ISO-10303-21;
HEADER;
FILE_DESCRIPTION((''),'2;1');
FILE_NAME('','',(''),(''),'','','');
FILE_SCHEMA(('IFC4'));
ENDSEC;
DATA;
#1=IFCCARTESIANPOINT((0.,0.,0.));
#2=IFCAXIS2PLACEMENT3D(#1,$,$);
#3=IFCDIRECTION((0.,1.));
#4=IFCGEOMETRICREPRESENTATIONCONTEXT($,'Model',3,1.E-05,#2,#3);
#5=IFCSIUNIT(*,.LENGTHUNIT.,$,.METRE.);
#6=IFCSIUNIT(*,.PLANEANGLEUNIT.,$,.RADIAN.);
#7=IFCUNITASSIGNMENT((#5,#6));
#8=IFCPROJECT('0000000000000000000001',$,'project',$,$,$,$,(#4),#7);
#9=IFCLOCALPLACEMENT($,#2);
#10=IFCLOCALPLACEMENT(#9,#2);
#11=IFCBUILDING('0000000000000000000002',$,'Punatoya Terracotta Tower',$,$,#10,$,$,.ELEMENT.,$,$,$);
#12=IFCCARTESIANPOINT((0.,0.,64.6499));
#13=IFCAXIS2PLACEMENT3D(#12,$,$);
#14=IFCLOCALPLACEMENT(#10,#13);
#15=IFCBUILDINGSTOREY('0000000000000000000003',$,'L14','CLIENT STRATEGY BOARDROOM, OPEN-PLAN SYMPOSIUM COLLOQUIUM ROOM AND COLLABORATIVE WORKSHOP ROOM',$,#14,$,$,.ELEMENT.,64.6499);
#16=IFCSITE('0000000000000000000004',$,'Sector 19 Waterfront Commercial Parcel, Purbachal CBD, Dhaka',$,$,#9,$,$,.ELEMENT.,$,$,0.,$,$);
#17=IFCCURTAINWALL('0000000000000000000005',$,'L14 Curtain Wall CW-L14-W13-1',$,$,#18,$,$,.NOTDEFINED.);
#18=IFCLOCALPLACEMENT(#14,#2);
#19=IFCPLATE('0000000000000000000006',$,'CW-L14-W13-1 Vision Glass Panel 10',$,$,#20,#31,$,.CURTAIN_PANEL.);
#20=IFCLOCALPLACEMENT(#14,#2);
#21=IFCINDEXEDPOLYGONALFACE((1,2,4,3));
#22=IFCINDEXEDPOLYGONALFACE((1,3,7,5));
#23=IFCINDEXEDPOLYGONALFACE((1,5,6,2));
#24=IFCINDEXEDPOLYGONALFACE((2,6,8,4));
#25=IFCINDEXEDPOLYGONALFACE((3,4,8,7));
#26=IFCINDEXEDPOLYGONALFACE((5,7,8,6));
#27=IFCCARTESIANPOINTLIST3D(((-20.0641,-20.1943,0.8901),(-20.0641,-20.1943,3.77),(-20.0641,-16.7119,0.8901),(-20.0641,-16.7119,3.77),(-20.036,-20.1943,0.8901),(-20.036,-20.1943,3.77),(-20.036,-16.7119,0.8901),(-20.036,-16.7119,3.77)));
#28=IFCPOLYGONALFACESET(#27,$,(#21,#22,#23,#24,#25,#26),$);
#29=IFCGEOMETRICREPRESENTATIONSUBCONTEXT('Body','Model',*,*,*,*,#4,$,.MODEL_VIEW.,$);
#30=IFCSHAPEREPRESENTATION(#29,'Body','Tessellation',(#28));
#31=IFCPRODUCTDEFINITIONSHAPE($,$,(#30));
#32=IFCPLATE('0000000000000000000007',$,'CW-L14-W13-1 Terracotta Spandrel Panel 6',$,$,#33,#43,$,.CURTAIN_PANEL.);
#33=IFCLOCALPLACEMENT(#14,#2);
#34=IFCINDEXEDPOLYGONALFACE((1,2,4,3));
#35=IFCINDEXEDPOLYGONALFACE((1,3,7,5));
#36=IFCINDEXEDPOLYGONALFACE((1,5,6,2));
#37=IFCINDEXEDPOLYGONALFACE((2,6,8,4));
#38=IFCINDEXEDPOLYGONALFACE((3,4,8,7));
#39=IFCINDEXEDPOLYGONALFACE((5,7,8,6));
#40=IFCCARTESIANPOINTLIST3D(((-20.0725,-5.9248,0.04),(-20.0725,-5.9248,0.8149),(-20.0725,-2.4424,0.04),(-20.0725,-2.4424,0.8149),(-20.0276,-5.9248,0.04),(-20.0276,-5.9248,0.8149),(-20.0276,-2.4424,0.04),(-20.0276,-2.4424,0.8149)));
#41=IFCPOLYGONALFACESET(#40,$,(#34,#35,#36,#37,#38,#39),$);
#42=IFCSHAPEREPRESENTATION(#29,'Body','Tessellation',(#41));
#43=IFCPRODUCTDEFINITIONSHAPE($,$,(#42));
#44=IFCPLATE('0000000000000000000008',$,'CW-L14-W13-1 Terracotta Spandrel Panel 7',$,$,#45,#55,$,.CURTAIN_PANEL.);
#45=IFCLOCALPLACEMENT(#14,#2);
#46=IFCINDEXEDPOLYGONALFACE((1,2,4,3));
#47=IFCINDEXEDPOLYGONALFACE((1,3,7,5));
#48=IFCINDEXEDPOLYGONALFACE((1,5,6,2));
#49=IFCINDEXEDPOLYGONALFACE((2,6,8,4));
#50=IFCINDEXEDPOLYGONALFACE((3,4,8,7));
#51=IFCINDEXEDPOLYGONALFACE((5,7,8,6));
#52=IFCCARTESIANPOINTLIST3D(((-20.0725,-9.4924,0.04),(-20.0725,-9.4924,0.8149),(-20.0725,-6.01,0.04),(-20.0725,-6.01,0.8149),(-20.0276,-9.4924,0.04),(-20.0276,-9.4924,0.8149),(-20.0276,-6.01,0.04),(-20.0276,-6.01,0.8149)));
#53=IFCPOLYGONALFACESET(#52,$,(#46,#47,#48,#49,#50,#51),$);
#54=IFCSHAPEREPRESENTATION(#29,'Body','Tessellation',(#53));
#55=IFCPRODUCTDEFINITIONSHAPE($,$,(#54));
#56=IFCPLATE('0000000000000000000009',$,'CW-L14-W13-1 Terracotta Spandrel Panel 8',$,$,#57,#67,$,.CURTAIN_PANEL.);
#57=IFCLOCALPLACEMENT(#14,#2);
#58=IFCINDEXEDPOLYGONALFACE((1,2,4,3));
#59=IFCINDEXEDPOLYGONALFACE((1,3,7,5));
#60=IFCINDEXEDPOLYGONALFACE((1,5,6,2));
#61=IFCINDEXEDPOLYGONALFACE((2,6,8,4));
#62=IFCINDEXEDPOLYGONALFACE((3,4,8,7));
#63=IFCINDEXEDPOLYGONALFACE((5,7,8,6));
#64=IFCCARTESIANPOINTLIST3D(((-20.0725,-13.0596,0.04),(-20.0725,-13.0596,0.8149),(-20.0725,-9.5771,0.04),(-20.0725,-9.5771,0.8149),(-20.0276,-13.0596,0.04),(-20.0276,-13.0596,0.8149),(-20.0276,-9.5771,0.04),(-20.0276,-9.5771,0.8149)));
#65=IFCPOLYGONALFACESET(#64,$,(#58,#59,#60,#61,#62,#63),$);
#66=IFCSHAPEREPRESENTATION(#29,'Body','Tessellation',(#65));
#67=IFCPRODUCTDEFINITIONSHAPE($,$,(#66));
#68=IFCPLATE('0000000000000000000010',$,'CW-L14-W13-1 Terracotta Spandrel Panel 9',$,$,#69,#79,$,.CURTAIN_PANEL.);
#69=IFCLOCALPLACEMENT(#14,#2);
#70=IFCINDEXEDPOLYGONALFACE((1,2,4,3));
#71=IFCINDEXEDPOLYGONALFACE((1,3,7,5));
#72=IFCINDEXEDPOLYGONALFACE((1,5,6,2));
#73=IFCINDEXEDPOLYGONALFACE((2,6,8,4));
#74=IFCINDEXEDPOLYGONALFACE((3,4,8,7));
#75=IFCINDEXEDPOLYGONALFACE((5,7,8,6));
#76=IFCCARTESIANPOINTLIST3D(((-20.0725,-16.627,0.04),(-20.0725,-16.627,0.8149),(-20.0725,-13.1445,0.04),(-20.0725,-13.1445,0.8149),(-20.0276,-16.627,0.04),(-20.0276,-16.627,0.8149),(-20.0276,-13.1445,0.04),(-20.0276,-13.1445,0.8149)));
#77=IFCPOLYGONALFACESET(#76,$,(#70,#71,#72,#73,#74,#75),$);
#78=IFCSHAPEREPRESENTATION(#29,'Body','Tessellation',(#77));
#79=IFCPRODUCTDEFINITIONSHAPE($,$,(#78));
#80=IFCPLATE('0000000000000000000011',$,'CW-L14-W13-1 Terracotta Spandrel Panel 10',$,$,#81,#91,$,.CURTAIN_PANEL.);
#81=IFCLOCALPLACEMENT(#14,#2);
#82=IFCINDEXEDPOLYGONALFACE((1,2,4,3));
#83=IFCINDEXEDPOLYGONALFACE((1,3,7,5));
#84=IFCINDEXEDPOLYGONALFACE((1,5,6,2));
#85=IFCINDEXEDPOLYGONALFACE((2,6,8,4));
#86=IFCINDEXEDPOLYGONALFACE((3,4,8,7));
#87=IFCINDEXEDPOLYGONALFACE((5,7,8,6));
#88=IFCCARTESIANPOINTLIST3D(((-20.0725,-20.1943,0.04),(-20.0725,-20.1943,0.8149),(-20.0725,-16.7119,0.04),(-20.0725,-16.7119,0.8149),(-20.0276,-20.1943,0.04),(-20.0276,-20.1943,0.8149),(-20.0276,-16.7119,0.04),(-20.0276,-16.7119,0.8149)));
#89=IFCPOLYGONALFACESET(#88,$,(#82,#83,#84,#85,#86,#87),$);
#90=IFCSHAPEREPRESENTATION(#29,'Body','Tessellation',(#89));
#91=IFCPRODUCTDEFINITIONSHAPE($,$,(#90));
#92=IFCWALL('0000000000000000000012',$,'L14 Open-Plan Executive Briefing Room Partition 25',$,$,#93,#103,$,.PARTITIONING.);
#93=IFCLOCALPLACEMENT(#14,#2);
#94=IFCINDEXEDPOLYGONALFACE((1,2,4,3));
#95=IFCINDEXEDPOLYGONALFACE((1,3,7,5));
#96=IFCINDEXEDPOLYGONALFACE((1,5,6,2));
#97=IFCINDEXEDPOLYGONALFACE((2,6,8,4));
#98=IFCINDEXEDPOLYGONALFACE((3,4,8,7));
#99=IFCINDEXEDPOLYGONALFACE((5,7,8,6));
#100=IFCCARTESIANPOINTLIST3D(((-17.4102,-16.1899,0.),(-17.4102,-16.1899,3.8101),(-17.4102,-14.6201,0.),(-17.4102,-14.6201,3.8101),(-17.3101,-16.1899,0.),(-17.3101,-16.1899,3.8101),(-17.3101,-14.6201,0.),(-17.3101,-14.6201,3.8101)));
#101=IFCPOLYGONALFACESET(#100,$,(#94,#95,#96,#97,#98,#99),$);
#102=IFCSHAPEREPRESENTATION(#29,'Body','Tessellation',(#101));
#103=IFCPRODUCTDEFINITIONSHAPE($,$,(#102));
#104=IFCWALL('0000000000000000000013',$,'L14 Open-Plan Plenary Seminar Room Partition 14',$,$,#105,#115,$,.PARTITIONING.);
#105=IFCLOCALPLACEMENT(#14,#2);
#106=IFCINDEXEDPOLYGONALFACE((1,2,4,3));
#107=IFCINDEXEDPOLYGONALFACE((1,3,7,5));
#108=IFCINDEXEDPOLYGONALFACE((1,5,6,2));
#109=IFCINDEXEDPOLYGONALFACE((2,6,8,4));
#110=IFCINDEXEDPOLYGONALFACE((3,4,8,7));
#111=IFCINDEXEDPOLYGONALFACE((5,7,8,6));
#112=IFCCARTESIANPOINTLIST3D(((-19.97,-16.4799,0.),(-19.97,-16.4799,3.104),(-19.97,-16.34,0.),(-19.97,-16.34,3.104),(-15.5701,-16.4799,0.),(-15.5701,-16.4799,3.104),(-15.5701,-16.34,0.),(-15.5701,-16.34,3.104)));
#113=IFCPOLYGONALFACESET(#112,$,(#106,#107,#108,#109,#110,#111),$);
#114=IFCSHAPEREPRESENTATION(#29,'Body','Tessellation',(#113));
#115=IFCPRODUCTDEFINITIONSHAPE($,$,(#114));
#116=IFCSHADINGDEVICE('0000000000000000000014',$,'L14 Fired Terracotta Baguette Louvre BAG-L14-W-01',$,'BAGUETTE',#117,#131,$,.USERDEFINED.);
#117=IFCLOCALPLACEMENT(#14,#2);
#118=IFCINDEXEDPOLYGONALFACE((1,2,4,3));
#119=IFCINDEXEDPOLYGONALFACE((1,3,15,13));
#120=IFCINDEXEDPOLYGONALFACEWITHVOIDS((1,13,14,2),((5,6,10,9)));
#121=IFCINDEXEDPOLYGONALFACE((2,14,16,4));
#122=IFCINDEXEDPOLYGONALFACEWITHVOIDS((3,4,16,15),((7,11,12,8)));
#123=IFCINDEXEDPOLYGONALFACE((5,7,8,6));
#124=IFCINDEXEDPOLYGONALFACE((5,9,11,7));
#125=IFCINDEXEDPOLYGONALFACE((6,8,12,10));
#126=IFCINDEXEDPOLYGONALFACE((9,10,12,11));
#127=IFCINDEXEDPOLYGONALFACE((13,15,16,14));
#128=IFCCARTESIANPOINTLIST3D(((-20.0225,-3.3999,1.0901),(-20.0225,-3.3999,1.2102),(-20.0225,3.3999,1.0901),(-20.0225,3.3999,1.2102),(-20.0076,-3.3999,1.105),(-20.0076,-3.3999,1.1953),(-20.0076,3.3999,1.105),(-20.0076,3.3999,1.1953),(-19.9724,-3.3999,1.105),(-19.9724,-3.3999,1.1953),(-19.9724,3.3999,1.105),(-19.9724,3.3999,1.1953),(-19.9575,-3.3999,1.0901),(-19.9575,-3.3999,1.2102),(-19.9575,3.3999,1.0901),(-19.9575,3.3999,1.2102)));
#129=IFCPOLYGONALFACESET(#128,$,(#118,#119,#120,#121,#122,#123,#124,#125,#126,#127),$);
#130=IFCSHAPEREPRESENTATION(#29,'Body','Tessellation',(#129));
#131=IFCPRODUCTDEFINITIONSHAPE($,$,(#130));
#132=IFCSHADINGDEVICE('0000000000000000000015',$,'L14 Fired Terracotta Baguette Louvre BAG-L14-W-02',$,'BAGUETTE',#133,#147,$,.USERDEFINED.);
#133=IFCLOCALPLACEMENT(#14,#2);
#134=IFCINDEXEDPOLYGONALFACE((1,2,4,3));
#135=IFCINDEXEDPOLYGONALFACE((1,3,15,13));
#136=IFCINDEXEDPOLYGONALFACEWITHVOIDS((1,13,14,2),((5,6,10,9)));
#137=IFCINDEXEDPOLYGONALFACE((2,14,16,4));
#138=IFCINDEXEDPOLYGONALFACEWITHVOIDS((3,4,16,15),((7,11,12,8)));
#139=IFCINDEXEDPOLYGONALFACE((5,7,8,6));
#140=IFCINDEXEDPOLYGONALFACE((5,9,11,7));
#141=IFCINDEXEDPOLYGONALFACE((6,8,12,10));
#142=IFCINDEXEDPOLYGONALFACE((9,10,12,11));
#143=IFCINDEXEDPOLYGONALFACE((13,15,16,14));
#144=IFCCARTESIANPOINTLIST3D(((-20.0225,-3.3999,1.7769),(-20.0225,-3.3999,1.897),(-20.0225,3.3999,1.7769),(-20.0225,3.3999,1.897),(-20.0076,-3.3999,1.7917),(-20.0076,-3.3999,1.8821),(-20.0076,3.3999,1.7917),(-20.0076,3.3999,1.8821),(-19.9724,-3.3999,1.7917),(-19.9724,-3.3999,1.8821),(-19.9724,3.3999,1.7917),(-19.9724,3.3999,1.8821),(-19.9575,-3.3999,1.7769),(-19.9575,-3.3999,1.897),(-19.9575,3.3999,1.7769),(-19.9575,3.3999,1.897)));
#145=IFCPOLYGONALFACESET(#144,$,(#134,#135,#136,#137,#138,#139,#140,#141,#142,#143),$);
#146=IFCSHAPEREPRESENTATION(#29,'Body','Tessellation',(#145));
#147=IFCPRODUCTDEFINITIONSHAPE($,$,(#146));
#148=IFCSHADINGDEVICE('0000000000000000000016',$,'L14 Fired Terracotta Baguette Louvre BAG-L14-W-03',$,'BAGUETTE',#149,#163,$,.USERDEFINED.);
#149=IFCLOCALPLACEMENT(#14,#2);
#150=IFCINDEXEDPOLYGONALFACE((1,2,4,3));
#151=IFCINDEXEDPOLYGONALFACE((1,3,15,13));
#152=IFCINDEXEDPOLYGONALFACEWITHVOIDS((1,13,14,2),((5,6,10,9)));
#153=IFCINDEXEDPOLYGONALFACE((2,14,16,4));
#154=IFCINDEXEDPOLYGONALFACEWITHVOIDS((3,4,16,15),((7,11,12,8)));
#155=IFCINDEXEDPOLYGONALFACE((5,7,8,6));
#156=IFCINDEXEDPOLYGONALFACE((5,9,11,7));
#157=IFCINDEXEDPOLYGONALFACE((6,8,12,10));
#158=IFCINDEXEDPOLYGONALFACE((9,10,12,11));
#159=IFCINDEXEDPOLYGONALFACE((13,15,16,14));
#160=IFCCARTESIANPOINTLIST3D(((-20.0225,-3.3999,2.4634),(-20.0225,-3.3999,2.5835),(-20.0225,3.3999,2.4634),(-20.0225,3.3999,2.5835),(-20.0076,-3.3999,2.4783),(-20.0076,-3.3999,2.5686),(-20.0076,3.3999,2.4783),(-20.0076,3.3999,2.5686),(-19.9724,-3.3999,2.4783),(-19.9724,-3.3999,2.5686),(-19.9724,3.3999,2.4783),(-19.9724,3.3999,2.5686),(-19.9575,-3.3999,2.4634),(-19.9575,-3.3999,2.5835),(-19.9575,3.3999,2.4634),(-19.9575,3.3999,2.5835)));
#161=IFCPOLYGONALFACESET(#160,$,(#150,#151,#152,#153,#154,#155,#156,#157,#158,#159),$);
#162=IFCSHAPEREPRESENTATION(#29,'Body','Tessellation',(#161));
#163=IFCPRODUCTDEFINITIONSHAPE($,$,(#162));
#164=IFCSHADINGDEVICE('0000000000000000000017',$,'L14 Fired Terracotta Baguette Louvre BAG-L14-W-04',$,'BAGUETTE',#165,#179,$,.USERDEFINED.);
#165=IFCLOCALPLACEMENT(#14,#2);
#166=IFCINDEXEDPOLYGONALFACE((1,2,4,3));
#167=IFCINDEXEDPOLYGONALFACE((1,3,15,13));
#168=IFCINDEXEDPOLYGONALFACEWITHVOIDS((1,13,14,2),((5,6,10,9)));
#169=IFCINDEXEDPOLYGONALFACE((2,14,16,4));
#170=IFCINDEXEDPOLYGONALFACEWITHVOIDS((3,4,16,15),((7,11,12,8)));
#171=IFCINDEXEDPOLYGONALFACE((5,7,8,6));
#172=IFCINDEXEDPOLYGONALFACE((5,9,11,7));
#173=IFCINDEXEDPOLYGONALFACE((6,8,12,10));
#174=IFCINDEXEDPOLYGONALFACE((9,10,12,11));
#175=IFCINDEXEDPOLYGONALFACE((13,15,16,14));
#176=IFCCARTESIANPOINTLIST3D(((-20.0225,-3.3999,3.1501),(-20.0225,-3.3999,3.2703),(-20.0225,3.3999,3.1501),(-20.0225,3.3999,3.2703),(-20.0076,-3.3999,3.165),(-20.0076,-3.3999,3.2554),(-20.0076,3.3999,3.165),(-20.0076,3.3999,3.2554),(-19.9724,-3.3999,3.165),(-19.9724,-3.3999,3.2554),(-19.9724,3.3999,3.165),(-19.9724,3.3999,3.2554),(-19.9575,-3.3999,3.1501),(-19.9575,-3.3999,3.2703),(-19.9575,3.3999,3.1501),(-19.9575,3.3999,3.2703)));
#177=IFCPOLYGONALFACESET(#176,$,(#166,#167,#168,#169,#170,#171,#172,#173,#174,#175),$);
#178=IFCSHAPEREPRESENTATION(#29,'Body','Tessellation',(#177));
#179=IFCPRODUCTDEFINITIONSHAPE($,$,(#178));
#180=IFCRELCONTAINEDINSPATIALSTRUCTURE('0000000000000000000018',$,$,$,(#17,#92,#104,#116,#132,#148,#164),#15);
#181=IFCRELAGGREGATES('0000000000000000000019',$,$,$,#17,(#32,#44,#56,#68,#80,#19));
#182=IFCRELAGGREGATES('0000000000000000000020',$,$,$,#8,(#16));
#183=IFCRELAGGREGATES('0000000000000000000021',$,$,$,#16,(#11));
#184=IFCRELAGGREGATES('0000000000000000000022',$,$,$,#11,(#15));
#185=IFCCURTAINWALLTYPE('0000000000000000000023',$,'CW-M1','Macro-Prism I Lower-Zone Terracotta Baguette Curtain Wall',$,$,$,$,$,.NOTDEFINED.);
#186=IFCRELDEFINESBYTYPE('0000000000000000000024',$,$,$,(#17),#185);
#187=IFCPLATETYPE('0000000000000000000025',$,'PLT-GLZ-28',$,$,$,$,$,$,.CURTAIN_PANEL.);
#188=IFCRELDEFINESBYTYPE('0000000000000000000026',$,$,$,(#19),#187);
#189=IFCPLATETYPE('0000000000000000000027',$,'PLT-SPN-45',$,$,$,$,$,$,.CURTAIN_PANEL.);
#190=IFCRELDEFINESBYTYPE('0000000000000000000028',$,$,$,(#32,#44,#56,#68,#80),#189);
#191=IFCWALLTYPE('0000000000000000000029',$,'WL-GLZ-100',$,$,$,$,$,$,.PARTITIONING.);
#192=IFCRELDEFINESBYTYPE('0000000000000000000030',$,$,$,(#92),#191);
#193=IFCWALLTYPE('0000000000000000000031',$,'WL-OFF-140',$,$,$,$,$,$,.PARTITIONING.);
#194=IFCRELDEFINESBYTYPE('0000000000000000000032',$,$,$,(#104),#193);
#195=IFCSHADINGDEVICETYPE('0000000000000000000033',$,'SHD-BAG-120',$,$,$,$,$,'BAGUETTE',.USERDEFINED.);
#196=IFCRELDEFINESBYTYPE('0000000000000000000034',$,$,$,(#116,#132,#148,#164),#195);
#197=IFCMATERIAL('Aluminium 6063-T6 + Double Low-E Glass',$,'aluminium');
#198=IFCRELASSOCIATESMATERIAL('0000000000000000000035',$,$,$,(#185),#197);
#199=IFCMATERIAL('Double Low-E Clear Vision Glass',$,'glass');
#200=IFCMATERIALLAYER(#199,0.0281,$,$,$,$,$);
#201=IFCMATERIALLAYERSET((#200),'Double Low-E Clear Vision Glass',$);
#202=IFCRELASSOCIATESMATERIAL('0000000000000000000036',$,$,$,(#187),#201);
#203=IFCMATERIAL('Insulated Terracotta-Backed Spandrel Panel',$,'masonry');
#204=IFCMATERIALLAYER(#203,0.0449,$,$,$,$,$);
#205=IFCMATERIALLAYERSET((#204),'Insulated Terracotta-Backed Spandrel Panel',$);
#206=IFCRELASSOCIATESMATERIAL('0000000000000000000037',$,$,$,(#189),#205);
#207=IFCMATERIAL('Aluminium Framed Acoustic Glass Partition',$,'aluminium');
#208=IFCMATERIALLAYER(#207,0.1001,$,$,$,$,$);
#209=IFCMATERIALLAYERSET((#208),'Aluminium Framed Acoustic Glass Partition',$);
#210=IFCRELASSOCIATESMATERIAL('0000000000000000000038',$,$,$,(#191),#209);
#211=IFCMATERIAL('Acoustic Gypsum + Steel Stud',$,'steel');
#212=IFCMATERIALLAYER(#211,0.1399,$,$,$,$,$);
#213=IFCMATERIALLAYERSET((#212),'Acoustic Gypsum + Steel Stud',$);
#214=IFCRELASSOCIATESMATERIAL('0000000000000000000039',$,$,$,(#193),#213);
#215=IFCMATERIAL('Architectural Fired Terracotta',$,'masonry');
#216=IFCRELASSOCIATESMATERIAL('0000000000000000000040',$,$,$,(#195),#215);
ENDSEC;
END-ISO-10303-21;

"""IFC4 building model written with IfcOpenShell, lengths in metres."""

from ifc_helpers import new_model, si_unit, direction, frame, frame_2d, origin, origin_2d, place, context, subcontext, project, spatial, rectangle, hollow_rectangle, extrude, material, layer, layer_set, material_profile, profile_set, type_object, element, aggregate, save


model = new_model("IFC4")

# Units and contexts
model_context = context("Model", 3, precision=1e-05, world=origin(), true_north=direction((0.0, 1.0)))
body_context = subcontext(model_context, "Body", "Model", "MODEL_VIEW")
ifc_project = project(units=[si_unit("LENGTHUNIT", "METRE"), si_unit("PLANEANGLEUNIT", "RADIAN")], contexts=[model_context])

# Site, building, storey
site_placement = place(None, origin())
site = spatial("IfcSite", under=ifc_project, at=site_placement, Name="Sector 19 Waterfront Commercial Parcel, Purbachal CBD, Dhaka", CompositionType="ELEMENT", RefElevation=0.0)
building_placement = place(site_placement, origin())
building = spatial("IfcBuilding", under=site, at=building_placement, Name="Punatoya Terracotta Tower", CompositionType="ELEMENT")
storey_placement = place(building_placement, frame((0.0, 0.0, 64.6499)))
storey = spatial("IfcBuildingStorey", under=building, at=storey_placement, Name="L14", Description="CLIENT STRATEGY BOARDROOM, OPEN-PLAN SYMPOSIUM COLLOQUIUM ROOM AND COLLABORATIVE WORKSHOP ROOM", CompositionType="ELEMENT", Elevation=64.6499)

# Curtain wall, plates
ifc_material_1 = material(Name="Aluminium 6063-T6 + Double Low-E Glass", Category="aluminium")
curtain_wall_type = type_object("IfcCurtainWallType", Name="CW-M1", Description="Macro-Prism I Lower-Zone Terracotta Baguette Curtain Wall", PredefinedType="NOTDEFINED", material=ifc_material_1)
curtain_wall_placement = place(storey_placement, origin())
curtain_wall = element("IfcCurtainWall", 1, at=curtain_wall_placement, inside=storey, type_object=curtain_wall_type, Name="L14 Curtain Wall CW-L14-W13-1", PredefinedType="NOTDEFINED")
ifc_material_2 = material(Name="Double Low-E Clear Vision Glass", Category="glass")
ifc_layer_1 = layer(ifc_material_2, 0.0281)
ifc_layer_set_1 = layer_set([ifc_layer_1], Name="Double Low-E Clear Vision Glass")
plate_type_1 = type_object("IfcPlateType", Name="PLT-GLZ-28", PredefinedType="CURTAIN_PANEL", material=ifc_layer_set_1)
plate_1_placement = place(storey_placement, frame((-20.05, -18.4531, 0.8901), z_axis=(0.0, 0.0, 1.0), x_axis=(0.0, -1.0, 0.0)))
plate_1 = element("IfcPlate", 2, at=plate_1_placement, type_object=plate_type_1, Name="CW-L14-W13-1 Vision Glass Panel 10", PredefinedType="CURTAIN_PANEL", context=body_context, shape_type="SweptSolid", body=[
    extrude(rectangle(XDim=3.4824, YDim=0.0281, at=origin_2d()), origin(), (0.0, 0.0, 1.0), 2.8799),
])
ifc_material_3 = material(Name="Insulated Terracotta-Backed Spandrel Panel", Category="masonry")
ifc_layer_2 = layer(ifc_material_3, 0.0449)
ifc_layer_set_2 = layer_set([ifc_layer_2], Name="Insulated Terracotta-Backed Spandrel Panel")
plate_type_2 = type_object("IfcPlateType", Name="PLT-SPN-45", PredefinedType="CURTAIN_PANEL", material=ifc_layer_set_2)
plate_2_placement = place(storey_placement, frame((-20.05, -4.1836, 0.04), z_axis=(0.0, 0.0, 1.0), x_axis=(0.0, -1.0, 0.0)))
plate_2 = element("IfcPlate", 3, at=plate_2_placement, type_object=plate_type_2, Name="CW-L14-W13-1 Terracotta Spandrel Panel 6", PredefinedType="CURTAIN_PANEL", context=body_context, shape_type="SweptSolid", body=[
    extrude(rectangle(XDim=3.4824, YDim=0.0449, at=origin_2d()), origin(), (0.0, 0.0, 1.0), 0.7749),
])
plate_3_placement = place(storey_placement, frame((-20.05, -7.7512, 0.04), z_axis=(0.0, 0.0, 1.0), x_axis=(0.0, -1.0, 0.0)))
plate_3 = element("IfcPlate", 4, at=plate_3_placement, type_object=plate_type_2, Name="CW-L14-W13-1 Terracotta Spandrel Panel 7", PredefinedType="CURTAIN_PANEL", context=body_context, shape_type="SweptSolid", body=[
    extrude(rectangle(XDim=3.4824, YDim=0.0449, at=origin_2d()), origin(), (0.0, 0.0, 1.0), 0.7749),
])
plate_4_placement = place(storey_placement, frame((-20.05, -11.3184, 0.04), z_axis=(0.0, 0.0, 1.0), x_axis=(0.0, -1.0, 0.0)))
plate_4 = element("IfcPlate", 5, at=plate_4_placement, type_object=plate_type_2, Name="CW-L14-W13-1 Terracotta Spandrel Panel 8", PredefinedType="CURTAIN_PANEL", context=body_context, shape_type="SweptSolid", body=[
    extrude(rectangle(XDim=3.4824, YDim=0.0449, at=origin_2d()), origin(), (0.0, 0.0, 1.0), 0.7749),
])
plate_5_placement = place(storey_placement, frame((-20.05, -14.8857, 0.04), z_axis=(0.0, 0.0, 1.0), x_axis=(0.0, -1.0, 0.0)))
plate_5 = element("IfcPlate", 6, at=plate_5_placement, type_object=plate_type_2, Name="CW-L14-W13-1 Terracotta Spandrel Panel 9", PredefinedType="CURTAIN_PANEL", context=body_context, shape_type="SweptSolid", body=[
    extrude(rectangle(XDim=3.4824, YDim=0.0449, at=origin_2d()), origin(), (0.0, 0.0, 1.0), 0.7749),
])
plate_6_placement = place(storey_placement, frame((-20.05, -18.4531, 0.04), z_axis=(0.0, 0.0, 1.0), x_axis=(0.0, -1.0, 0.0)))
plate_6 = element("IfcPlate", 7, at=plate_6_placement, type_object=plate_type_2, Name="CW-L14-W13-1 Terracotta Spandrel Panel 10", PredefinedType="CURTAIN_PANEL", context=body_context, shape_type="SweptSolid", body=[
    extrude(rectangle(XDim=3.4824, YDim=0.0449, at=origin_2d()), origin(), (0.0, 0.0, 1.0), 0.7749),
])
aggregate(curtain_wall, [plate_2, plate_3, plate_4, plate_5, plate_6, plate_1])

# Walls
ifc_material_4 = material(Name="Aluminium Framed Acoustic Glass Partition", Category="aluminium")
ifc_layer_3 = layer(ifc_material_4, 0.1001)
ifc_layer_set_3 = layer_set([ifc_layer_3], Name="Aluminium Framed Acoustic Glass Partition")
wall_type_1 = type_object("IfcWallType", Name="WL-GLZ-100", PredefinedType="PARTITIONING", material=ifc_layer_set_3)
wall_1_placement = place(storey_placement, frame((-17.3601, -14.6201, 0.0), z_axis=(0.0, 0.0, 1.0), x_axis=(0.0, -1.0, 0.0)))
element("IfcWall", 8, at=wall_1_placement, inside=storey, type_object=wall_type_1, Name="L14 Open-Plan Executive Briefing Room Partition 25", PredefinedType="PARTITIONING", context=body_context, shape_type="SweptSolid", body=[
    extrude(rectangle(XDim=1.5698, YDim=0.1001, at=frame_2d((0.7849, 0.0))), origin(), (0.0, 0.0, 1.0), 3.8101),
])
ifc_material_5 = material(Name="Acoustic Gypsum + Steel Stud", Category="steel")
ifc_layer_4 = layer(ifc_material_5, 0.1399)
ifc_layer_set_4 = layer_set([ifc_layer_4], Name="Acoustic Gypsum + Steel Stud")
wall_type_2 = type_object("IfcWallType", Name="WL-OFF-140", PredefinedType="PARTITIONING", material=ifc_layer_set_4)
wall_2_placement = place(storey_placement, frame((-19.97, -16.4099, 0.0), z_axis=(0.0, 0.0, 1.0), x_axis=(1.0, 0.0, 0.0)))
element("IfcWall", 9, at=wall_2_placement, inside=storey, type_object=wall_type_2, Name="L14 Open-Plan Plenary Seminar Room Partition 14", PredefinedType="PARTITIONING", context=body_context, shape_type="SweptSolid", body=[
    extrude(rectangle(XDim=4.3999, YDim=0.1399, at=frame_2d((2.2, 0.0))), origin(), (0.0, 0.0, 1.0), 3.104),
])

# Shading devices
ifc_material_6 = material(Name="Architectural Fired Terracotta", Category="masonry")
ifc_material_profile_1 = material_profile(ifc_material_6, hollow_rectangle(XDim=0.0649, YDim=0.1201, WallThickness=0.0149, at=origin_2d()))
ifc_profile_set_1 = profile_set([ifc_material_profile_1], Name="Architectural Fired Terracotta")
shading_device_type = type_object("IfcShadingDeviceType", Name="SHD-BAG-120", ElementType="BAGUETTE", PredefinedType="USERDEFINED", material=ifc_profile_set_1)
for number, where, z_axis, x_axis, name in (
    (10, (-19.99, -3.3999, 1.1501), (0.0, 1.0, 0.0), (-1.0, 0.0, 0.0), "L14 Fired Terracotta Baguette Louvre BAG-L14-W-01"),
    (11, (-19.99, -3.3999, 1.8369), (0.0, 1.0, 0.0), (-1.0, 0.0, 0.0), "L14 Fired Terracotta Baguette Louvre BAG-L14-W-02"),
    (12, (-19.99, -3.3999, 2.5234), (0.0, 1.0, 0.0), (-1.0, 0.0, 0.0), "L14 Fired Terracotta Baguette Louvre BAG-L14-W-03"),
    (13, (-19.99, -3.3999, 3.2102), (0.0, 1.0, 0.0), (-1.0, 0.0, 0.0), "L14 Fired Terracotta Baguette Louvre BAG-L14-W-04"),
):
    element("IfcShadingDevice", number, at=place(storey_placement, frame(where, z_axis=z_axis, x_axis=x_axis)), inside=storey, type_object=shading_device_type, Name=name, ObjectType="BAGUETTE", PredefinedType="USERDEFINED", context=body_context, shape_type="SweptSolid", body=[
        extrude(hollow_rectangle(XDim=0.0649, YDim=0.1201, WallThickness=0.0149, at=origin_2d()), origin(), (0.0, 0.0, 1.0), 6.7998),
    ])

save(model, "model.ifc")
